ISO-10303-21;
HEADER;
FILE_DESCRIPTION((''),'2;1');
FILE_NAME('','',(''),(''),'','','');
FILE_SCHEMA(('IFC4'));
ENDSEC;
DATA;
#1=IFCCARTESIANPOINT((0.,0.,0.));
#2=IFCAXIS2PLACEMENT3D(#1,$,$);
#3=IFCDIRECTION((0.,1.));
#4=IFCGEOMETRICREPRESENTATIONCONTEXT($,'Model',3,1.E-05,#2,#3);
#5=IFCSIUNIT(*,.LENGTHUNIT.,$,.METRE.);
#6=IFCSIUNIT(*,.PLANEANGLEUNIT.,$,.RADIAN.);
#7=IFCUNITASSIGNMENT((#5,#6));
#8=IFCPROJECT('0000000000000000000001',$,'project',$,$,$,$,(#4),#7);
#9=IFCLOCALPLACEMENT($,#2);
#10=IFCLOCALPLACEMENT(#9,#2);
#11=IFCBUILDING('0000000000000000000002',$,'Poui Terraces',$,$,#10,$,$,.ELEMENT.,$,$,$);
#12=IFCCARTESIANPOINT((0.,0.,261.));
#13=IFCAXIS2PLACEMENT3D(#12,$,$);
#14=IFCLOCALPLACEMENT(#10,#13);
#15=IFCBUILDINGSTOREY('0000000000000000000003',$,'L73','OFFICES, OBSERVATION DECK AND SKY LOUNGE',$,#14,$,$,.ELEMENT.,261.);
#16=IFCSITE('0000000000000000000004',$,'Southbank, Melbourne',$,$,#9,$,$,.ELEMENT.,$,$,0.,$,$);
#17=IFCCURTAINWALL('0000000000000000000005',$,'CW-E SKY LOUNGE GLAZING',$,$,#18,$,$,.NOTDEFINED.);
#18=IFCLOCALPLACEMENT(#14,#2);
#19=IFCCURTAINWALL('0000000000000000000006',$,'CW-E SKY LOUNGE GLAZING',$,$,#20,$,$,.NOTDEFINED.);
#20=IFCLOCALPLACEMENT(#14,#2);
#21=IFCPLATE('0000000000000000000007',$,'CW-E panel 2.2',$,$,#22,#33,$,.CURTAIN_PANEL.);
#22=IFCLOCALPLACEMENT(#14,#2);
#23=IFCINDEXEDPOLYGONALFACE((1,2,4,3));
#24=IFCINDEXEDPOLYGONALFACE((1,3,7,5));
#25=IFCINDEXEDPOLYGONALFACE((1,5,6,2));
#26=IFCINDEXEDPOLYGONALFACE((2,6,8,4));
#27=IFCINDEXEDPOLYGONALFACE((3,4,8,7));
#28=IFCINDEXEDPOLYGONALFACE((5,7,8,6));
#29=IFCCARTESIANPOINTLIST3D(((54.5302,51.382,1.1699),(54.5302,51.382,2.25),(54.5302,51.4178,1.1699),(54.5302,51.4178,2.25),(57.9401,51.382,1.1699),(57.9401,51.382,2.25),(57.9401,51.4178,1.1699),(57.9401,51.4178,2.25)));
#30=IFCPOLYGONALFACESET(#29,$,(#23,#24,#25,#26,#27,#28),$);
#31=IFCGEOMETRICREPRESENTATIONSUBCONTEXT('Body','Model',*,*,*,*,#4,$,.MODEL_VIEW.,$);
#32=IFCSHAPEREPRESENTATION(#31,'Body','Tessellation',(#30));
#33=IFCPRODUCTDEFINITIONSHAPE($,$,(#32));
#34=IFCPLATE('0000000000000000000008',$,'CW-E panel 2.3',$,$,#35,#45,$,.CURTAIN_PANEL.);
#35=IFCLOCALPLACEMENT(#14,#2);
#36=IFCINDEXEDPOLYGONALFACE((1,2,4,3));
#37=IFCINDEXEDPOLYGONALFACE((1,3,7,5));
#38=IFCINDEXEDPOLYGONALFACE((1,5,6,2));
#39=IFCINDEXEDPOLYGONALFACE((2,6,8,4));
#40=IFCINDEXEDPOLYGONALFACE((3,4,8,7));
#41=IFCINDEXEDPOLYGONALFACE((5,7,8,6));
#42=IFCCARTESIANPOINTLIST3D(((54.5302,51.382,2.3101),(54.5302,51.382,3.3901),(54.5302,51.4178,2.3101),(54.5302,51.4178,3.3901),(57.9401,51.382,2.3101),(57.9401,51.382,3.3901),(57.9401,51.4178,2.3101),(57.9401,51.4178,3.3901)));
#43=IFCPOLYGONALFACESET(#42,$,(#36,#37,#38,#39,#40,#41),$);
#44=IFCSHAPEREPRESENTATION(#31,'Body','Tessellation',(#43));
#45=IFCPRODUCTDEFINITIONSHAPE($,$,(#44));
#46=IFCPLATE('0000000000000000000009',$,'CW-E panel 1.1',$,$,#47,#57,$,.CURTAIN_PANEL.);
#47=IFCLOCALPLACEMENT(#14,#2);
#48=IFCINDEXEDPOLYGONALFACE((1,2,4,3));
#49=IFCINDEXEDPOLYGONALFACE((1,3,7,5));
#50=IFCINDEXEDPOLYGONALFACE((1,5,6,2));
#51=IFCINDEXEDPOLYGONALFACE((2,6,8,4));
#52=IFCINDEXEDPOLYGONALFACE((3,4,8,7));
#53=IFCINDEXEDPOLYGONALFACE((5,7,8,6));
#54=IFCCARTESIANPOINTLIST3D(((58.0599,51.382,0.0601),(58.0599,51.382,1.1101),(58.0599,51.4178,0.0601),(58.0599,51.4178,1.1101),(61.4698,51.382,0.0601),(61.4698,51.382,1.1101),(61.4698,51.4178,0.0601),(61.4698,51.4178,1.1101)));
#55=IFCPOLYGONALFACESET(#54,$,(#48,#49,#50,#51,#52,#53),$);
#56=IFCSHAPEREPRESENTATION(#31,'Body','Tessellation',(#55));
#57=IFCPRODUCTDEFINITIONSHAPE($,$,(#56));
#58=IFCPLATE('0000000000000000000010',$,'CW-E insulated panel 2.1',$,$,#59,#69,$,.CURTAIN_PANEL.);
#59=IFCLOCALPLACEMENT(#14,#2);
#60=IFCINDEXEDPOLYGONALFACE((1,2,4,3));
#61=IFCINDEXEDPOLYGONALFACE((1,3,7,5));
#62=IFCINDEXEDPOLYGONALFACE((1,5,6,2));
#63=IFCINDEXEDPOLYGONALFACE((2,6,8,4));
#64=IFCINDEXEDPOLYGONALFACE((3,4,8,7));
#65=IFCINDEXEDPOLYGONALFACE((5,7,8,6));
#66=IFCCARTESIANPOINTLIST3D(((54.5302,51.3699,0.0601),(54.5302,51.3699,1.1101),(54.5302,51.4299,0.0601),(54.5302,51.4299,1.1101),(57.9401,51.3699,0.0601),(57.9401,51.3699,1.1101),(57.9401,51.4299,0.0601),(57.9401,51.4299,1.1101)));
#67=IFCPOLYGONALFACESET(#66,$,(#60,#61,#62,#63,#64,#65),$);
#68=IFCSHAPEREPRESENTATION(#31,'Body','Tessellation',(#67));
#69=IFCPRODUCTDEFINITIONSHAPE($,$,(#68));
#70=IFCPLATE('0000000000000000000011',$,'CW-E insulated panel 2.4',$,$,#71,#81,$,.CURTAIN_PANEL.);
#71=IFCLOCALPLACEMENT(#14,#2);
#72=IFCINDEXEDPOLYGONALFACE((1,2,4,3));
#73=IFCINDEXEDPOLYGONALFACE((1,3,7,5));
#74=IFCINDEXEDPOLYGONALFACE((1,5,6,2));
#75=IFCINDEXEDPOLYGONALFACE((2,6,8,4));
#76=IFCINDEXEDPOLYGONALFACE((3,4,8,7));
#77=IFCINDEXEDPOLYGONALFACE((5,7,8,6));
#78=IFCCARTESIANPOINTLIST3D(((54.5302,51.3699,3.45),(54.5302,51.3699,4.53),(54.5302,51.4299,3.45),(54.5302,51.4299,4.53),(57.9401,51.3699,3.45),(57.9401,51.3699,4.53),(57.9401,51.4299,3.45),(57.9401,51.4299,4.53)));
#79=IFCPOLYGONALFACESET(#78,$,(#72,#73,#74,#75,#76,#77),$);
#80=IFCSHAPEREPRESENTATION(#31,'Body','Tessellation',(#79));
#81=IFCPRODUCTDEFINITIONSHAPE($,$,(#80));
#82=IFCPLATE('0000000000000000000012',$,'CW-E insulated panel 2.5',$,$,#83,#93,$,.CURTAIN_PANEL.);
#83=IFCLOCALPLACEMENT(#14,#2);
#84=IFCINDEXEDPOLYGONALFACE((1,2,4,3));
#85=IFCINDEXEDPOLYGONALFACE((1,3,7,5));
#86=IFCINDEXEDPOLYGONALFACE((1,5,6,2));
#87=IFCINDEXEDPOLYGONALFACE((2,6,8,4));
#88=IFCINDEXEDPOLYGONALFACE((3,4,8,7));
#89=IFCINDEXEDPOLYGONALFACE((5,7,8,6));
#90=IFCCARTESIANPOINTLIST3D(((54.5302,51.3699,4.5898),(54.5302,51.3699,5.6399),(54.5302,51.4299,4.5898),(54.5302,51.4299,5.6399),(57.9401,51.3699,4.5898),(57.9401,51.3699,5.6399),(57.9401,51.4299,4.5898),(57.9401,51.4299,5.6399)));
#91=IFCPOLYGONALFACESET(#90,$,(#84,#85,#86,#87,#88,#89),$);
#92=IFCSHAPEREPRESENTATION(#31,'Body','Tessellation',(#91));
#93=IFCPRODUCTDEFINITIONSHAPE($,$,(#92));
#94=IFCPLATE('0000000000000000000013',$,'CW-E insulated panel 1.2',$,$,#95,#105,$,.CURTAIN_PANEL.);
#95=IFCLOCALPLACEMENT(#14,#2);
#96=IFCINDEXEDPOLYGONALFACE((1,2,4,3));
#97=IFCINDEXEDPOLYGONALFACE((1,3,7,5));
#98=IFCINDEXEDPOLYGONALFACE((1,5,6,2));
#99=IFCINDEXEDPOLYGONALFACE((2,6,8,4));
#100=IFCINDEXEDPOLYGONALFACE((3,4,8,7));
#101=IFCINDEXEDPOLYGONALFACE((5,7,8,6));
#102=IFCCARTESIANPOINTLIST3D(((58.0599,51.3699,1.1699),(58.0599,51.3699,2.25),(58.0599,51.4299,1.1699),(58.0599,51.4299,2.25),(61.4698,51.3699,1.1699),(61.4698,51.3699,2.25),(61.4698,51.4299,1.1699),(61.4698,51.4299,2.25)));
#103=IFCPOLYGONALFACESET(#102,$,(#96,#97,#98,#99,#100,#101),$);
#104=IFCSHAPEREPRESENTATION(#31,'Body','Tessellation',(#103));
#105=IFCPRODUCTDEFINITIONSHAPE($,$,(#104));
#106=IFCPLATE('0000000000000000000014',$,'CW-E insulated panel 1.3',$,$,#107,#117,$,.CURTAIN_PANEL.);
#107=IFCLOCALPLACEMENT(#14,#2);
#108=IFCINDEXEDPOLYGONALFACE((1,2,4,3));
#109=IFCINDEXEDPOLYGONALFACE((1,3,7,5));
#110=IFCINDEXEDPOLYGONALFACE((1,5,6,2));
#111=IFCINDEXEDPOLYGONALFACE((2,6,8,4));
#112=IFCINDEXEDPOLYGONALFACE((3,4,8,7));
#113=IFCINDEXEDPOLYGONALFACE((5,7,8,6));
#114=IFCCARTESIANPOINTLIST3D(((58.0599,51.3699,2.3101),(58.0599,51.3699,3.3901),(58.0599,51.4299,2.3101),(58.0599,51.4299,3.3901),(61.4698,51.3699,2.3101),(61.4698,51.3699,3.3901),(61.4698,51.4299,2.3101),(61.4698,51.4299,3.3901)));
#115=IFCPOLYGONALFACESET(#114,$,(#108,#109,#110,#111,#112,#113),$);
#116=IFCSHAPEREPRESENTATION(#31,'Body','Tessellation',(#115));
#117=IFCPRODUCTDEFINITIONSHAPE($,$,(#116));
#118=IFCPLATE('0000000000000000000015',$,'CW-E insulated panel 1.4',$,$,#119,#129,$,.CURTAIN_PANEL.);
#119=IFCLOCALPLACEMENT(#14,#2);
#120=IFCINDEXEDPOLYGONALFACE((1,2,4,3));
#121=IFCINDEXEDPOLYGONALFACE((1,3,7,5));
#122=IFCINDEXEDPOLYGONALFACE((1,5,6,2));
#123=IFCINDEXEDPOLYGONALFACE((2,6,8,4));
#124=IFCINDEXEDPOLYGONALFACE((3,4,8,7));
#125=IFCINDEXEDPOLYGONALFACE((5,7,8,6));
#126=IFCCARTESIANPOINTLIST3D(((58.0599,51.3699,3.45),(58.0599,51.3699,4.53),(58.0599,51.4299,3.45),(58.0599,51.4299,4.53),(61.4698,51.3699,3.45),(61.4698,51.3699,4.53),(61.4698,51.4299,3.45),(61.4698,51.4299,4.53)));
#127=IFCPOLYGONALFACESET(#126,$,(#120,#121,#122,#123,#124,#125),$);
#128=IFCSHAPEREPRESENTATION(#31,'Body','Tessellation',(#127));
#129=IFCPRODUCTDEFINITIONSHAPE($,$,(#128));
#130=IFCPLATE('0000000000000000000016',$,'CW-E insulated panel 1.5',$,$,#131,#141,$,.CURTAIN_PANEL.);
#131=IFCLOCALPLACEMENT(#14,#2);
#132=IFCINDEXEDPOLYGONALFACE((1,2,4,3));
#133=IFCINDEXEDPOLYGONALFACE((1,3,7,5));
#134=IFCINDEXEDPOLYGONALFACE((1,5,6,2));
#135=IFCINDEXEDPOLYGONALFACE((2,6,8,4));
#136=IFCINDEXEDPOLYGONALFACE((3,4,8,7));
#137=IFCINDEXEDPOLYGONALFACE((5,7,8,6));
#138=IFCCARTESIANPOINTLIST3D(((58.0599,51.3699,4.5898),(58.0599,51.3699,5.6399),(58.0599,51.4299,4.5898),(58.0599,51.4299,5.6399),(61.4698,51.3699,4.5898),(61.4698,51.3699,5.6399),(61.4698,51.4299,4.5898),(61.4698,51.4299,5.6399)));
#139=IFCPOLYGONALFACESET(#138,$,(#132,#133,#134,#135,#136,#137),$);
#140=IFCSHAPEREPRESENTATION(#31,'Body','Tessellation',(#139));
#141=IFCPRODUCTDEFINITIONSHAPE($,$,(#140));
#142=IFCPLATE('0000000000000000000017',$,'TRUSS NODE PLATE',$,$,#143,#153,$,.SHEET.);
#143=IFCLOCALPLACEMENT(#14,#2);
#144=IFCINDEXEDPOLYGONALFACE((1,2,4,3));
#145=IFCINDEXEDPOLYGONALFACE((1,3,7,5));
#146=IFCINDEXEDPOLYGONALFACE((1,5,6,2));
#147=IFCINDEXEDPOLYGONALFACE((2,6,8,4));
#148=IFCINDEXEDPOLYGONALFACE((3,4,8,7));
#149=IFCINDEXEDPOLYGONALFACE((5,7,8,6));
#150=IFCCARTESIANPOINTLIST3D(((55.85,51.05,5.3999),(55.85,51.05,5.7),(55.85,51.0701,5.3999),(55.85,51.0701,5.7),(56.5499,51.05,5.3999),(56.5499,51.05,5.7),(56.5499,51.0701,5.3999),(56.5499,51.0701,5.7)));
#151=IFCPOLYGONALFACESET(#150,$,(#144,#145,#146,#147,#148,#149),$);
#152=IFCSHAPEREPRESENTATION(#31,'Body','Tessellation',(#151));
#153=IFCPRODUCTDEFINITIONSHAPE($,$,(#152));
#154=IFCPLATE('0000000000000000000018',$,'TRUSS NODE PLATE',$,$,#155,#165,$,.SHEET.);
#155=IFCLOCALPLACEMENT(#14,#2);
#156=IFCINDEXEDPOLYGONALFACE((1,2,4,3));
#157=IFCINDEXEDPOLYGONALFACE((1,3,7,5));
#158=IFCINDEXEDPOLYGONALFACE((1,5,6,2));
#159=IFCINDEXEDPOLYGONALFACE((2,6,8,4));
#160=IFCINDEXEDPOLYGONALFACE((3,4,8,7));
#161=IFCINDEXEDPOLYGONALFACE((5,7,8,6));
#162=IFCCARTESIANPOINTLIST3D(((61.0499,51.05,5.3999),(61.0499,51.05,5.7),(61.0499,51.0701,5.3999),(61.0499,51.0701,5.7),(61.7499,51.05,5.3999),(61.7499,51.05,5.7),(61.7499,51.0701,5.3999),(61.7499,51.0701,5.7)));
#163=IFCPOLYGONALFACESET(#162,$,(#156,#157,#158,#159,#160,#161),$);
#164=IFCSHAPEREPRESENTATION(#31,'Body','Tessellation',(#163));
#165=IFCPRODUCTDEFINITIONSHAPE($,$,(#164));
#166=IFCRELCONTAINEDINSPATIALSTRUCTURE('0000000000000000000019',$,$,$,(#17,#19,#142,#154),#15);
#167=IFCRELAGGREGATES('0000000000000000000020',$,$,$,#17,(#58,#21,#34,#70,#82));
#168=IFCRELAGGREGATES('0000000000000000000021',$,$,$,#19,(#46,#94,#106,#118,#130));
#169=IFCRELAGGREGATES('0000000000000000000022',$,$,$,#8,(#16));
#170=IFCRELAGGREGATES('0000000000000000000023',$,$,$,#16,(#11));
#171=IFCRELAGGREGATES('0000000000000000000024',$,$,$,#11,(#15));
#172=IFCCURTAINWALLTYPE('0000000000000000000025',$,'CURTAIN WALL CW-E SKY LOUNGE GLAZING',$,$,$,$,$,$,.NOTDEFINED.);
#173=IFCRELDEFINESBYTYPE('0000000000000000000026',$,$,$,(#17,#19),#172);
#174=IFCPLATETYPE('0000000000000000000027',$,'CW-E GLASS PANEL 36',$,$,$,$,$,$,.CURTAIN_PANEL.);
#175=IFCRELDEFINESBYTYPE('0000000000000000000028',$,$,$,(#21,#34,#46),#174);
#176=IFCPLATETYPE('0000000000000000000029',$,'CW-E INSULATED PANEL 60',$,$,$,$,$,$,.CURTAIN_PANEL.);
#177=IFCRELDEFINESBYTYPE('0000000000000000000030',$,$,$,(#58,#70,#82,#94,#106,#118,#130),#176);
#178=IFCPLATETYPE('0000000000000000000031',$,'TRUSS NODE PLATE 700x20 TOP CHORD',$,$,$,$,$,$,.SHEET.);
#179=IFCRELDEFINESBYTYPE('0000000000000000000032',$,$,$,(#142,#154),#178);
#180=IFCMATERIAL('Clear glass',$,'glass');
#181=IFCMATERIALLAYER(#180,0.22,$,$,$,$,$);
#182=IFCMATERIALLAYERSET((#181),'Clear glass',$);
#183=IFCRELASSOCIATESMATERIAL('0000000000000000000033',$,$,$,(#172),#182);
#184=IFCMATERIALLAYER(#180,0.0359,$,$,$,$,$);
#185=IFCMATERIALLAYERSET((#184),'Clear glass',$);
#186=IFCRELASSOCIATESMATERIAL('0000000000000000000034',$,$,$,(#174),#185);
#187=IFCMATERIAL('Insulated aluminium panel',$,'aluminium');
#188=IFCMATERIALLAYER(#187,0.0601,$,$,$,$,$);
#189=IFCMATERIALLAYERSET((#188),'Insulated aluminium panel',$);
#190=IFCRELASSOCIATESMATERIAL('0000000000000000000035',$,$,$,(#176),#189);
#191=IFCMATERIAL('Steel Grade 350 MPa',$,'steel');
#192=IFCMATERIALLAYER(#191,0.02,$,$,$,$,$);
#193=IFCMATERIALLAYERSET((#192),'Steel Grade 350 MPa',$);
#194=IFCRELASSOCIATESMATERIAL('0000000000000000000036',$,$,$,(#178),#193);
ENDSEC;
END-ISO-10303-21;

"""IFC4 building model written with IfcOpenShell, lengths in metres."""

from ifc_helpers import new_model, si_unit, direction, frame, origin, origin_2d, place, context, subcontext, project, spatial, rectangle, extrude, source, transform, mapped, material, layer, layer_set, type_object, element, aggregate, save


model = new_model("IFC4")

# Units and contexts
model_context = context("Model", 3, precision=1e-05, world=origin(), true_north=direction((0.0, 1.0)))
body_context = subcontext(model_context, "Body", "Model", "MODEL_VIEW")
ifc_project = project(units=[si_unit("LENGTHUNIT", "METRE"), si_unit("PLANEANGLEUNIT", "RADIAN")], contexts=[model_context])

# Site, building, storey
site_placement = place(None, origin())
site = spatial("IfcSite", under=ifc_project, at=site_placement, Name="Southbank, Melbourne", CompositionType="ELEMENT", RefElevation=0.0)
building_placement = place(site_placement, origin())
building = spatial("IfcBuilding", under=site, at=building_placement, Name="Poui Terraces", CompositionType="ELEMENT")
storey_placement = place(building_placement, frame((0.0, 0.0, 261.0)))
storey = spatial("IfcBuildingStorey", under=building, at=storey_placement, Name="L73", Description="OFFICES, OBSERVATION DECK AND SKY LOUNGE", CompositionType="ELEMENT", Elevation=261.0)

# Curtain wall
ifc_material_1 = material(Name="Clear glass", Category="glass")
ifc_layer_1 = layer(ifc_material_1, 0.22)
ifc_layer_set_1 = layer_set([ifc_layer_1], Name="Clear glass")
curtain_wall_type = type_object("IfcCurtainWallType", Name="CURTAIN WALL CW-E SKY LOUNGE GLAZING", PredefinedType="NOTDEFINED", material=ifc_layer_set_1)
curtain_wall_1_placement = place(storey_placement, origin())
curtain_wall_1 = element("IfcCurtainWall", 1, at=curtain_wall_1_placement, inside=storey, type_object=curtain_wall_type, Name="CW-E SKY LOUNGE GLAZING", PredefinedType="NOTDEFINED")

# Curtain wall
curtain_wall_2_placement = place(storey_placement, origin())
curtain_wall_2 = element("IfcCurtainWall", 2, at=curtain_wall_2_placement, inside=storey, type_object=curtain_wall_type, Name="CW-E SKY LOUNGE GLAZING", PredefinedType="NOTDEFINED")

# Shared definitions
ifc_material_2 = material(Name="Steel Grade 350 MPa", Category="steel")

# Plates
ifc_layer_2 = layer(ifc_material_1, 0.0359)
ifc_layer_set_2 = layer_set([ifc_layer_2], Name="Clear glass")
plate_type_1 = type_object("IfcPlateType", Name="CW-E GLASS PANEL 36", PredefinedType="CURTAIN_PANEL", material=ifc_layer_set_2)
plate_1_placement = place(storey_placement, frame((56.2351, 51.3999, 1.1699), z_axis=(0.0, 0.0, 1.0), x_axis=(1.0, 0.0, 0.0)))
plate_1 = element("IfcPlate", 3, at=plate_1_placement, type_object=plate_type_1, Name="CW-E panel 2.2", PredefinedType="CURTAIN_PANEL", context=body_context, shape_type="SweptSolid", body=[
    extrude(rectangle(XDim=3.4099, YDim=0.0359, at=origin_2d()), origin(), (0.0, 0.0, 1.0), 1.0801),
])
plate_2_placement = place(storey_placement, frame((56.2351, 51.3999, 2.3101), z_axis=(0.0, 0.0, 1.0), x_axis=(1.0, 0.0, 0.0)))
plate_2 = element("IfcPlate", 4, at=plate_2_placement, type_object=plate_type_1, Name="CW-E panel 2.3", PredefinedType="CURTAIN_PANEL", context=body_context, shape_type="SweptSolid", body=[
    extrude(rectangle(XDim=3.4099, YDim=0.0359, at=origin_2d()), origin(), (0.0, 0.0, 1.0), 1.0801),
])
plate_3_placement = place(storey_placement, frame((59.7649, 51.3999, 0.0601), z_axis=(0.0, 0.0, 1.0), x_axis=(1.0, 0.0, 0.0)))
plate_3 = element("IfcPlate", 5, at=plate_3_placement, type_object=plate_type_1, Name="CW-E panel 1.1", PredefinedType="CURTAIN_PANEL", context=body_context, shape_type="SweptSolid", body=[
    extrude(rectangle(XDim=3.4099, YDim=0.0359, at=origin_2d()), origin(), (0.0, 0.0, 1.0), 1.05),
])
ifc_material_3 = material(Name="Insulated aluminium panel", Category="aluminium")
ifc_layer_3 = layer(ifc_material_3, 0.0601)
ifc_layer_set_3 = layer_set([ifc_layer_3], Name="Insulated aluminium panel")
plate_type_2 = type_object("IfcPlateType", Name="CW-E INSULATED PANEL 60", PredefinedType="CURTAIN_PANEL", material=ifc_layer_set_3)
plate_4_placement = place(storey_placement, frame((56.2351, 51.3999, 0.0601), z_axis=(0.0, 0.0, 1.0), x_axis=(1.0, 0.0, 0.0)))
plate_4 = element("IfcPlate", 6, at=plate_4_placement, type_object=plate_type_2, Name="CW-E insulated panel 2.1", PredefinedType="CURTAIN_PANEL", context=body_context, shape_type="SweptSolid", body=[
    extrude(rectangle(XDim=3.4099, YDim=0.0601, at=origin_2d()), origin(), (0.0, 0.0, 1.0), 1.05),
])
plate_5_placement = place(storey_placement, frame((56.2351, 51.3999, 3.45), z_axis=(0.0, 0.0, 1.0), x_axis=(1.0, 0.0, 0.0)))
plate_5 = element("IfcPlate", 7, at=plate_5_placement, type_object=plate_type_2, Name="CW-E insulated panel 2.4", PredefinedType="CURTAIN_PANEL", context=body_context, shape_type="SweptSolid", body=[
    extrude(rectangle(XDim=3.4099, YDim=0.0601, at=origin_2d()), origin(), (0.0, 0.0, 1.0), 1.0801),
])
plate_6_placement = place(storey_placement, frame((56.2351, 51.3999, 4.5898), z_axis=(0.0, 0.0, 1.0), x_axis=(1.0, 0.0, 0.0)))
plate_6 = element("IfcPlate", 8, at=plate_6_placement, type_object=plate_type_2, Name="CW-E insulated panel 2.5", PredefinedType="CURTAIN_PANEL", context=body_context, shape_type="SweptSolid", body=[
    extrude(rectangle(XDim=3.4099, YDim=0.0601, at=origin_2d()), origin(), (0.0, 0.0, 1.0), 1.05),
])
aggregate(curtain_wall_1, [plate_4, plate_1, plate_2, plate_5, plate_6])
plate_7_placement = place(storey_placement, frame((59.7649, 51.3999, 1.1699), z_axis=(0.0, 0.0, 1.0), x_axis=(1.0, 0.0, 0.0)))
plate_7 = element("IfcPlate", 9, at=plate_7_placement, type_object=plate_type_2, Name="CW-E insulated panel 1.2", PredefinedType="CURTAIN_PANEL", context=body_context, shape_type="SweptSolid", body=[
    extrude(rectangle(XDim=3.4099, YDim=0.0601, at=origin_2d()), origin(), (0.0, 0.0, 1.0), 1.0801),
])
plate_8_placement = place(storey_placement, frame((59.7649, 51.3999, 2.3101), z_axis=(0.0, 0.0, 1.0), x_axis=(1.0, 0.0, 0.0)))
plate_8 = element("IfcPlate", 10, at=plate_8_placement, type_object=plate_type_2, Name="CW-E insulated panel 1.3", PredefinedType="CURTAIN_PANEL", context=body_context, shape_type="SweptSolid", body=[
    extrude(rectangle(XDim=3.4099, YDim=0.0601, at=origin_2d()), origin(), (0.0, 0.0, 1.0), 1.0801),
])
plate_9_placement = place(storey_placement, frame((59.7649, 51.3999, 3.45), z_axis=(0.0, 0.0, 1.0), x_axis=(1.0, 0.0, 0.0)))
plate_9 = element("IfcPlate", 11, at=plate_9_placement, type_object=plate_type_2, Name="CW-E insulated panel 1.4", PredefinedType="CURTAIN_PANEL", context=body_context, shape_type="SweptSolid", body=[
    extrude(rectangle(XDim=3.4099, YDim=0.0601, at=origin_2d()), origin(), (0.0, 0.0, 1.0), 1.0801),
])
plate_10_placement = place(storey_placement, frame((59.7649, 51.3999, 4.5898), z_axis=(0.0, 0.0, 1.0), x_axis=(1.0, 0.0, 0.0)))
plate_10 = element("IfcPlate", 12, at=plate_10_placement, type_object=plate_type_2, Name="CW-E insulated panel 1.5", PredefinedType="CURTAIN_PANEL", context=body_context, shape_type="SweptSolid", body=[
    extrude(rectangle(XDim=3.4099, YDim=0.0601, at=origin_2d()), origin(), (0.0, 0.0, 1.0), 1.05),
])
aggregate(curtain_wall_2, [plate_3, plate_7, plate_8, plate_9, plate_10])

# Plates
ifc_layer_4 = layer(ifc_material_2, 0.02)
ifc_layer_set_4 = layer_set([ifc_layer_4], Name="Steel Grade 350 MPa")
plate_type_3 = type_object("IfcPlateType", Name="TRUSS NODE PLATE 700x20 TOP CHORD", PredefinedType="SHEET", material=ifc_layer_set_4)
shared_shape = source(origin(), body_context, "Body", "SweptSolid", [
    extrude(rectangle(XDim=0.7, YDim=0.02, at=origin_2d()), origin(), (0.0, 0.0, 1.0), 0.3),
])
for number, where, z_axis, x_axis, name in (
    (13, (56.2, 51.0601, 5.3999), (0.0, 0.0, 1.0), (1.0, 0.0, 0.0), "TRUSS NODE PLATE"),
    (14, (61.3999, 51.0601, 5.3999), (0.0, 0.0, 1.0), (1.0, 0.0, 0.0), "TRUSS NODE PLATE"),
):
    element("IfcPlate", number, at=place(storey_placement, frame(where, z_axis=z_axis, x_axis=x_axis)), inside=storey, type_object=plate_type_3, Name=name, PredefinedType="SHEET", context=body_context, shape_type="MappedRepresentation", body=[
        mapped(shared_shape, transform((0.0, 0.0, 0.0))),
    ])

save(model, "model.ifc")
